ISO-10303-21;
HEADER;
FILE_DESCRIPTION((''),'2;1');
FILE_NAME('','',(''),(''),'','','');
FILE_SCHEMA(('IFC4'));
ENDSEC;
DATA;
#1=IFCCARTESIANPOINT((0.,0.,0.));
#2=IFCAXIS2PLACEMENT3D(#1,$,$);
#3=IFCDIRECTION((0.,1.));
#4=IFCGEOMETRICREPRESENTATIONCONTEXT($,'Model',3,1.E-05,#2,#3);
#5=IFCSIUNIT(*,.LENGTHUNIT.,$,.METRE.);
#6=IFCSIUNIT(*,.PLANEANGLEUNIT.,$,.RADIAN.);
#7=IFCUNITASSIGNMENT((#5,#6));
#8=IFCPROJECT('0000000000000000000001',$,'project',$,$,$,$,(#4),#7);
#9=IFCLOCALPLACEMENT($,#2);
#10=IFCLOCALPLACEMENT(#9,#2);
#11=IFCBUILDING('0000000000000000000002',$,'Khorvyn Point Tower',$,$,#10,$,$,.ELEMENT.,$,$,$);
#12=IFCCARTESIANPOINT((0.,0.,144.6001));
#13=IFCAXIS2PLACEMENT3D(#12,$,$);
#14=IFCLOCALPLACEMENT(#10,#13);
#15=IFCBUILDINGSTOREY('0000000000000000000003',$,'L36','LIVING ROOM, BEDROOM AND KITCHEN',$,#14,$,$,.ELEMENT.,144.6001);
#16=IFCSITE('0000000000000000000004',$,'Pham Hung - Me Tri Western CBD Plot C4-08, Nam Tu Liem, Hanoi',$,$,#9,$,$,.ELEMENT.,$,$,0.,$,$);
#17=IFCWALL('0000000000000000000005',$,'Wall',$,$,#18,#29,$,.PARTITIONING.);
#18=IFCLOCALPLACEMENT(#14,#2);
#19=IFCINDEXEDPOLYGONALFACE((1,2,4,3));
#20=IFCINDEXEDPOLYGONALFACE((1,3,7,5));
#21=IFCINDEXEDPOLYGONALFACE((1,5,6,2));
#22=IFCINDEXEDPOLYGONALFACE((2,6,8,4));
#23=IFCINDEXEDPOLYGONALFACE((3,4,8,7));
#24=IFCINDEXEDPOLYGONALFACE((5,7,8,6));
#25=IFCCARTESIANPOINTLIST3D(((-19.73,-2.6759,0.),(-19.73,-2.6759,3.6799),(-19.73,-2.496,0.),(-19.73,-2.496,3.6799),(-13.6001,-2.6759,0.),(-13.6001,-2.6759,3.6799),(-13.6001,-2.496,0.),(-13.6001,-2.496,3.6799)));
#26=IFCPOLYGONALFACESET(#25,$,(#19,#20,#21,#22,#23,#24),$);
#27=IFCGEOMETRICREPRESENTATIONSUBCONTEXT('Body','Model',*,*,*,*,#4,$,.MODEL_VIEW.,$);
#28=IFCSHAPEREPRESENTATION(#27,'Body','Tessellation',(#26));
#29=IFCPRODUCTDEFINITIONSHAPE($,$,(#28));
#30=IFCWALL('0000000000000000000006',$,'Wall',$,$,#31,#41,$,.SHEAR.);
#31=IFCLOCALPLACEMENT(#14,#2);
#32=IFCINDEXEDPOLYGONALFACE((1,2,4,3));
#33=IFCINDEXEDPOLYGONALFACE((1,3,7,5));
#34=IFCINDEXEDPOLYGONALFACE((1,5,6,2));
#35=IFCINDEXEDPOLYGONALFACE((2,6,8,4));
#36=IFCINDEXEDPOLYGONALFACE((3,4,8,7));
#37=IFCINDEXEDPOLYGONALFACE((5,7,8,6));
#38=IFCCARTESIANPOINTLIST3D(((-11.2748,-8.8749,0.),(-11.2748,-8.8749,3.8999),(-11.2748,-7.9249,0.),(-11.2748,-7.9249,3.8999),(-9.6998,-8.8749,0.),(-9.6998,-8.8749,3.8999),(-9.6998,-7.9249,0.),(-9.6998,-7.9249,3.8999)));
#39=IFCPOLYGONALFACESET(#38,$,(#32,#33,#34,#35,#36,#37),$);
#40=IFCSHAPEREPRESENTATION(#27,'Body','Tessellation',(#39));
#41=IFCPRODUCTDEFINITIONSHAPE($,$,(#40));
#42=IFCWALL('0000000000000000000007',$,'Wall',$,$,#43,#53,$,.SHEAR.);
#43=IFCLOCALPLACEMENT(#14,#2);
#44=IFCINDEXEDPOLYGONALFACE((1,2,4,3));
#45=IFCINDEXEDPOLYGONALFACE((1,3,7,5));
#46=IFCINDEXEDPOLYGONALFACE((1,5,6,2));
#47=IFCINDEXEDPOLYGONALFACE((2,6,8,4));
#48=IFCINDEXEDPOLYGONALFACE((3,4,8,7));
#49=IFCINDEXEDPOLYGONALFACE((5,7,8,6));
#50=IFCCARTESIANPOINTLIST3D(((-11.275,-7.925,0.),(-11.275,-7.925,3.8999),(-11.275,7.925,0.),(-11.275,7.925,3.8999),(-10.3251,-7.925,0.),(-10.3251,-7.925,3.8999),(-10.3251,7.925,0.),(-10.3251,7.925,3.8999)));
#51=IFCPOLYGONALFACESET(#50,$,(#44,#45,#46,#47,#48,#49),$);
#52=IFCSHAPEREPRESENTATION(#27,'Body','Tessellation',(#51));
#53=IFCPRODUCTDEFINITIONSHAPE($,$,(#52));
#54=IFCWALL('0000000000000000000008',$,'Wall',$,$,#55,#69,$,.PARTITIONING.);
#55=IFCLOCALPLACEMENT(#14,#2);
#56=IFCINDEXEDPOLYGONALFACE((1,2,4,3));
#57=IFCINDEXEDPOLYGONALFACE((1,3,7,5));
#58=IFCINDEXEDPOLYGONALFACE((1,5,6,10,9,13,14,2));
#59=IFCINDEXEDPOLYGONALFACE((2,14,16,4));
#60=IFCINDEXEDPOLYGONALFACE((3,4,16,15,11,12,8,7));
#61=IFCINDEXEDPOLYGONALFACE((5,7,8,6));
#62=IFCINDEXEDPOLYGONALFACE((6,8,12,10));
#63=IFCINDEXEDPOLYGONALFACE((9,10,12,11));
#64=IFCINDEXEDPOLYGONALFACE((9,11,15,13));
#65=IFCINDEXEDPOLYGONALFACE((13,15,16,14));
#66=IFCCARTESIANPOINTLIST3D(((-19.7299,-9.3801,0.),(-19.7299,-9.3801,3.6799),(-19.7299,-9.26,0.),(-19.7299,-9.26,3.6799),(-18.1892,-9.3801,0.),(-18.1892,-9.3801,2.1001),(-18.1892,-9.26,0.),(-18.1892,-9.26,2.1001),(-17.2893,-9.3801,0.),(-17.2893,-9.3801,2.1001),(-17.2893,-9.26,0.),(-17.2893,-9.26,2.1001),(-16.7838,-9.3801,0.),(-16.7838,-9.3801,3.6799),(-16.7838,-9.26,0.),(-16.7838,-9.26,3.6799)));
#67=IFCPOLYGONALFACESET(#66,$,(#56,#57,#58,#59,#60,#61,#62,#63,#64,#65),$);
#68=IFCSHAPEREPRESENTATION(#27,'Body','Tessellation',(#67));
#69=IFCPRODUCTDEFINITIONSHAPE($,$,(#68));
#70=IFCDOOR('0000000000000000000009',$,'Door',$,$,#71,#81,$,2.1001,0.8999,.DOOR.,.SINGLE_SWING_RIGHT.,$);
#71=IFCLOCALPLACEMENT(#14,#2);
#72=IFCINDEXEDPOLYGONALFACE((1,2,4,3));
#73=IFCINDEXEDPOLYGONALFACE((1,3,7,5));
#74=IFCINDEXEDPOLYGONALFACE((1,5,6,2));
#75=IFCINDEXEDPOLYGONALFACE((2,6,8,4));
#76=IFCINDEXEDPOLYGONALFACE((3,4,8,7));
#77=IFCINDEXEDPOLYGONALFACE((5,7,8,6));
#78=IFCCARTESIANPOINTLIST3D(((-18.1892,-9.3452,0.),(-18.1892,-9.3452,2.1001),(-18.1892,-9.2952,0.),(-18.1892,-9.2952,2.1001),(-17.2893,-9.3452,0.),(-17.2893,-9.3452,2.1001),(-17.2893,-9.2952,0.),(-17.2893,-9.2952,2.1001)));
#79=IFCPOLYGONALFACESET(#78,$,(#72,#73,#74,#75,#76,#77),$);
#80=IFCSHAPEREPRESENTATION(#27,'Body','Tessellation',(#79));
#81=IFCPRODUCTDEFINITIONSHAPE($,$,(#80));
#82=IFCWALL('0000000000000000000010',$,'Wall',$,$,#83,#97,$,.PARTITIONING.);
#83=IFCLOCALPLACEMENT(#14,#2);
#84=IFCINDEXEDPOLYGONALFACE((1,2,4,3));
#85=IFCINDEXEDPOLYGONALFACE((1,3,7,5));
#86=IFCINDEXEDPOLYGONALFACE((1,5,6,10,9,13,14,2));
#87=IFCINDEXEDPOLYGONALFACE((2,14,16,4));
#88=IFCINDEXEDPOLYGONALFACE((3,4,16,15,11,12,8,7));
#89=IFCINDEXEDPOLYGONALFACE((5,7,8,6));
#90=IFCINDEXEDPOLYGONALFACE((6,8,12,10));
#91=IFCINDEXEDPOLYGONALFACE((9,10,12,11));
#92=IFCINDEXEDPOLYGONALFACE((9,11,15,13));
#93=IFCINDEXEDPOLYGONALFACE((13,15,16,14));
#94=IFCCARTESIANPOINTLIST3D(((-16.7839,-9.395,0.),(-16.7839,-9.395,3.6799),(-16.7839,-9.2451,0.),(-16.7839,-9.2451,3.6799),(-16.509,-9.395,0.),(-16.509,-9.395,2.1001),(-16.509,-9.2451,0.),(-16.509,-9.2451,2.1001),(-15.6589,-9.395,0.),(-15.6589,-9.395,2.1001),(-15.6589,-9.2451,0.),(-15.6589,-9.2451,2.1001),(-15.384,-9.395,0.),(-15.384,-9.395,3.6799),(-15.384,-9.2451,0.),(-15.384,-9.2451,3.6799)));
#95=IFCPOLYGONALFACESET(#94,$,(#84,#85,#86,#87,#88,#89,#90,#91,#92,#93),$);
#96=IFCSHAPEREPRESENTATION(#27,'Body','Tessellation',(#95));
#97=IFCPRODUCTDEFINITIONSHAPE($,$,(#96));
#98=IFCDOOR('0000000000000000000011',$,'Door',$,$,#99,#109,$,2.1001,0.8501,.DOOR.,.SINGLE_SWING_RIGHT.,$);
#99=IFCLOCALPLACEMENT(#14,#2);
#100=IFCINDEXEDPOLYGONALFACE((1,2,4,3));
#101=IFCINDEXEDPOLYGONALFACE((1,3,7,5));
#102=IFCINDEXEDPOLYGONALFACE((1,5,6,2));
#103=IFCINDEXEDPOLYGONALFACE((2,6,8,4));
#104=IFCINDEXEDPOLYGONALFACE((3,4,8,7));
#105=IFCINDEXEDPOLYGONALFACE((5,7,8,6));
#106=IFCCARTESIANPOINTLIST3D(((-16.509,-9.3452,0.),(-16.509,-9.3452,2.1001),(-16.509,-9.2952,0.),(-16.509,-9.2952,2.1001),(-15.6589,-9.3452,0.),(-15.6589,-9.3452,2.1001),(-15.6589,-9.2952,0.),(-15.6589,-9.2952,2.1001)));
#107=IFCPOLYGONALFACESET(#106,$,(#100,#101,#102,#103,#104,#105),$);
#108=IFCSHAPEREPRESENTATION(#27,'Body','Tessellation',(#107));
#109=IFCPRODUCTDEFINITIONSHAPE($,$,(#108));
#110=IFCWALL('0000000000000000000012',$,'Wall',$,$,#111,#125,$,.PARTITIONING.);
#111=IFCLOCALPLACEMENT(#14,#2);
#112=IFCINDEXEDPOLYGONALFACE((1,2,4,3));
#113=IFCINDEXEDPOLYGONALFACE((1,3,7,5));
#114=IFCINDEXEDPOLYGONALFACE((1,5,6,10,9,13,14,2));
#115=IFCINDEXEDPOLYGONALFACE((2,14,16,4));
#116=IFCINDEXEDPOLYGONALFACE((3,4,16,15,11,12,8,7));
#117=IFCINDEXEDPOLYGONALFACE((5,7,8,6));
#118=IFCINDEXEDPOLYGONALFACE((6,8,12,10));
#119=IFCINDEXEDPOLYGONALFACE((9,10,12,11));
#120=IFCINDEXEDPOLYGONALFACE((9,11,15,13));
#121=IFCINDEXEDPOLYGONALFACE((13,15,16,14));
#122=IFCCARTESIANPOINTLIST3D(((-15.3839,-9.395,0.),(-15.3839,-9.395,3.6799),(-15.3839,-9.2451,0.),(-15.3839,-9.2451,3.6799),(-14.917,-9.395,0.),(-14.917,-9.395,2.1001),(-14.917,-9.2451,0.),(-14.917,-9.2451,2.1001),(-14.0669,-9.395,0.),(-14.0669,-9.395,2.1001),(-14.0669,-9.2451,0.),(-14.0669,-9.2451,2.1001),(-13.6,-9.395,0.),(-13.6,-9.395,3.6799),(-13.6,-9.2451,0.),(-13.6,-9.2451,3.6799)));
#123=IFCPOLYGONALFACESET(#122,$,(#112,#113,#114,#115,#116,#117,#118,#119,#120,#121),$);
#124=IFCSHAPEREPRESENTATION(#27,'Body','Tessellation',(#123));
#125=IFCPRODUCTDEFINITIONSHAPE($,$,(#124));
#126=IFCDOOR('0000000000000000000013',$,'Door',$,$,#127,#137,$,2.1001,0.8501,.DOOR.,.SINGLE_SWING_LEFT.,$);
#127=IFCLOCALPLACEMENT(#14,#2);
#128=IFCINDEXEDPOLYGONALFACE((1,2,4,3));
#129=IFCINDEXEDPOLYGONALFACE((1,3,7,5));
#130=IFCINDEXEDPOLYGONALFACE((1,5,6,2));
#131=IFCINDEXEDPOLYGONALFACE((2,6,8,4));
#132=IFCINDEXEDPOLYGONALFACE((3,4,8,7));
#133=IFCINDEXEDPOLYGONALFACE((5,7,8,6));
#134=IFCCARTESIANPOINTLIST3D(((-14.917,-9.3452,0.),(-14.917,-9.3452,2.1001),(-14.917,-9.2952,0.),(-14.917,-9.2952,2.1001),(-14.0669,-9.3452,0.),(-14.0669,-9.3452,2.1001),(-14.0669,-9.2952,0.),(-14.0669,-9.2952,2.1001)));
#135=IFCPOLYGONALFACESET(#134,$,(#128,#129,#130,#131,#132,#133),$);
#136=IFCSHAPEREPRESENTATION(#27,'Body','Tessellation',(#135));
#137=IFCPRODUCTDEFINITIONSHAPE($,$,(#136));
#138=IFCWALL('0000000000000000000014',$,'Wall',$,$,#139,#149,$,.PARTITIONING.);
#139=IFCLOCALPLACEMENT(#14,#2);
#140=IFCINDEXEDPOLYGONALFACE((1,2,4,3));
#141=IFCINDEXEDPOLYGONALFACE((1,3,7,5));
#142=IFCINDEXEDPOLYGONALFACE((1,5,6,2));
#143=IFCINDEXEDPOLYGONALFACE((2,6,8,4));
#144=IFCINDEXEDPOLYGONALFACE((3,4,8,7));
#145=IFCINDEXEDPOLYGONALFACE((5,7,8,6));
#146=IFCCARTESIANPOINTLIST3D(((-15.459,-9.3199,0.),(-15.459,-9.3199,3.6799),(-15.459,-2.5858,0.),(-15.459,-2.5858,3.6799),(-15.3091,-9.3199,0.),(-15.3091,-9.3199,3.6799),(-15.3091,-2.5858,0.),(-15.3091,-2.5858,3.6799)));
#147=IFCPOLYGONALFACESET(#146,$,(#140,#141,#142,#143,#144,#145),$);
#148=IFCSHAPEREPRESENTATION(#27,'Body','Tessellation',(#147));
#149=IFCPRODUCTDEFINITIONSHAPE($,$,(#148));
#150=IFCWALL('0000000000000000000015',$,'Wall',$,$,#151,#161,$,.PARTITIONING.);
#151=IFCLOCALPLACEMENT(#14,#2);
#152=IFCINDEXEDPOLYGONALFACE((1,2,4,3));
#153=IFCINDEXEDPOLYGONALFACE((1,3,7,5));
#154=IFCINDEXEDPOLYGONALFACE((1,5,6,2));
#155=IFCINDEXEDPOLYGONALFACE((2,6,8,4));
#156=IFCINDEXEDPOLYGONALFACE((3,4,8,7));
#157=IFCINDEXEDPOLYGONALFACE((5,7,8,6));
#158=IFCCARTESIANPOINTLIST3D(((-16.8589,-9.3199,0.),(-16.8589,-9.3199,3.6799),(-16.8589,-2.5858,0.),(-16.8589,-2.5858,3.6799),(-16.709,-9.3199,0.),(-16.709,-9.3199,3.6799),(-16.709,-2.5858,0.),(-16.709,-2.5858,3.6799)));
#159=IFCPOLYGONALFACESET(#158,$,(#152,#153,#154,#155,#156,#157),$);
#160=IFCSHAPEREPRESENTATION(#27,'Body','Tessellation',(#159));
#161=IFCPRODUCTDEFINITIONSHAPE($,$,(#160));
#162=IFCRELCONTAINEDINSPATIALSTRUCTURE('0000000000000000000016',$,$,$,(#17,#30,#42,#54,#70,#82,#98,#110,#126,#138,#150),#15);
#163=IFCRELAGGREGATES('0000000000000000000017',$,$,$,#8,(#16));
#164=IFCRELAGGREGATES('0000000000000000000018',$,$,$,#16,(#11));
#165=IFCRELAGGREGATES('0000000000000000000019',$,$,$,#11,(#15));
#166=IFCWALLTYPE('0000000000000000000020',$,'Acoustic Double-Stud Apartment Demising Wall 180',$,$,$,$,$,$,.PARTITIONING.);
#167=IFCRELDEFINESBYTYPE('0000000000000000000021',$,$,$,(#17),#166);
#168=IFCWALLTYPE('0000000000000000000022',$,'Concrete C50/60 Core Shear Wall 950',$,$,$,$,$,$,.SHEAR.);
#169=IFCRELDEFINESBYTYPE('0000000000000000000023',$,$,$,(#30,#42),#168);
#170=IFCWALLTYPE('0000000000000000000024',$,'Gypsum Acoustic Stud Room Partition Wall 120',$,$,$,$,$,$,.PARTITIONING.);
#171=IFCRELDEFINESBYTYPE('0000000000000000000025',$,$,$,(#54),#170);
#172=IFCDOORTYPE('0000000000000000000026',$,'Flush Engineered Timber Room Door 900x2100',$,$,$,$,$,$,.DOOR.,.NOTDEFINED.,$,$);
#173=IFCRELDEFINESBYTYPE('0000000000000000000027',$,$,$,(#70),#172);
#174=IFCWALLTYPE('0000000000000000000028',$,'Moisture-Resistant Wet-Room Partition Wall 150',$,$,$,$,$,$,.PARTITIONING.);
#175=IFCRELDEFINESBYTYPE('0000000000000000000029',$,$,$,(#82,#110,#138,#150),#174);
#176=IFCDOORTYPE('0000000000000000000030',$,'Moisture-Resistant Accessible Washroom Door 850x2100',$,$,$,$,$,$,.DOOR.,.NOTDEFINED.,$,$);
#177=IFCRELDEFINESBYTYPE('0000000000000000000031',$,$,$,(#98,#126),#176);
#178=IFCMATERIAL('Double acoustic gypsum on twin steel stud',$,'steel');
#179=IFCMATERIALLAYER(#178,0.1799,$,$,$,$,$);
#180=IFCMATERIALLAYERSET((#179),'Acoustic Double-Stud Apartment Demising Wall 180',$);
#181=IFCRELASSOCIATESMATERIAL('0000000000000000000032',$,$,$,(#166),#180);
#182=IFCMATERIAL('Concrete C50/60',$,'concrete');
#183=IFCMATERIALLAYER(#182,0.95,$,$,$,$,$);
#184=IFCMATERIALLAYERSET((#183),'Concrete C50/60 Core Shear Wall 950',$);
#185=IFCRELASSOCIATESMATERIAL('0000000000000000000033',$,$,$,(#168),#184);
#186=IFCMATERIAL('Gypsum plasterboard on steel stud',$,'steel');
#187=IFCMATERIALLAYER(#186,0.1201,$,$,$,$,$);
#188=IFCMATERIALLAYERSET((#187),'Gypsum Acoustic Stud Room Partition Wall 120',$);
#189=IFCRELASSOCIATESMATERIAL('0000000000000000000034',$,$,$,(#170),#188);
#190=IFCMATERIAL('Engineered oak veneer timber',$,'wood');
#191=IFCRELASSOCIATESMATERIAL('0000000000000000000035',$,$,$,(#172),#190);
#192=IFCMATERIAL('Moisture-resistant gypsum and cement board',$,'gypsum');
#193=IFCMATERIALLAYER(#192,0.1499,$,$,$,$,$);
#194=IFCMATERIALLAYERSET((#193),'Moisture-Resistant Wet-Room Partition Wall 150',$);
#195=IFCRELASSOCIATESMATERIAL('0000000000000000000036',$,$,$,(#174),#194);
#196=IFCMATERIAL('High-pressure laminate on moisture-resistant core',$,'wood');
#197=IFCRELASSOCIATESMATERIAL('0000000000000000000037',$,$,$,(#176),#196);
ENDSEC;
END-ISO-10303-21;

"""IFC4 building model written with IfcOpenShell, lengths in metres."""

from ifc_helpers import new_model, si_unit, direction, frame, frame_2d, origin, place, context, subcontext, project, spatial, rectangle, extrude, material, layer, layer_set, type_object, element, fill, save


model = new_model("IFC4")

# Units and contexts
model_context = context("Model", 3, precision=1e-05, world=origin(), true_north=direction((0.0, 1.0)))
body_context = subcontext(model_context, "Body", "Model", "MODEL_VIEW")
ifc_project = project(units=[si_unit("LENGTHUNIT", "METRE"), si_unit("PLANEANGLEUNIT", "RADIAN")], contexts=[model_context])

# Site, building, storey
site_placement = place(None, origin())
site = spatial("IfcSite", under=ifc_project, at=site_placement, Name="Pham Hung - Me Tri Western CBD Plot C4-08, Nam Tu Liem, Hanoi", CompositionType="ELEMENT", RefElevation=0.0)
building_placement = place(site_placement, origin())
building = spatial("IfcBuilding", under=site, at=building_placement, Name="Khorvyn Point Tower", CompositionType="ELEMENT")
storey_placement = place(building_placement, frame((0.0, 0.0, 144.6001)))
storey = spatial("IfcBuildingStorey", under=building, at=storey_placement, Name="L36", Description="LIVING ROOM, BEDROOM AND KITCHEN", CompositionType="ELEMENT", Elevation=144.6001)

# Shared definitions
ifc_material_1 = material(Name="Concrete C50/60", Category="concrete")

# Shared definitions
ifc_material_2 = material(Name="Double acoustic gypsum on twin steel stud", Category="steel")
ifc_layer_1 = layer(ifc_material_2, 0.1799)
ifc_layer_set_1 = layer_set([ifc_layer_1], Name="Acoustic Double-Stud Apartment Demising Wall 180")
wall_type_1 = type_object("IfcWallType", Name="Acoustic Double-Stud Apartment Demising Wall 180", PredefinedType="PARTITIONING", material=ifc_layer_set_1)

# Wall
wall_1_placement = place(storey_placement, frame((-19.73, -2.5859, 0.0), z_axis=(0.0, 0.0, 1.0), x_axis=(1.0, 0.0, 0.0)))
element("IfcWall", 1, at=wall_1_placement, inside=storey, type_object=wall_type_1, Name="Wall", PredefinedType="PARTITIONING", context=body_context, shape_type="SweptSolid", body=[
    extrude(rectangle(XDim=6.1299, YDim=0.1799, at=frame_2d((3.0649, 0.0))), origin(), (0.0, 0.0, 1.0), 3.6799),
])

# Walls
ifc_layer_2 = layer(ifc_material_1, 0.95)
ifc_layer_set_2 = layer_set([ifc_layer_2], Name="Concrete C50/60 Core Shear Wall 950")
wall_type_2 = type_object("IfcWallType", Name="Concrete C50/60 Core Shear Wall 950", PredefinedType="SHEAR", material=ifc_layer_set_2)
wall_2_placement = place(storey_placement, frame((-11.2749, -8.3999, 0.0), z_axis=(0.0, 0.0, 1.0), x_axis=(1.0, 0.0, 0.0)))
element("IfcWall", 2, at=wall_2_placement, inside=storey, type_object=wall_type_2, Name="Wall", PredefinedType="SHEAR", context=body_context, shape_type="SweptSolid", body=[
    extrude(rectangle(XDim=1.575, YDim=0.95, at=frame_2d((0.7876, 0.0))), origin(), (0.0, 0.0, 1.0), 3.8999),
])
wall_3_placement = place(storey_placement, frame((-10.8, -7.925, 0.0), z_axis=(0.0, 0.0, 1.0), x_axis=(0.0, 1.0, 0.0)))
element("IfcWall", 3, at=wall_3_placement, inside=storey, type_object=wall_type_2, Name="Wall", PredefinedType="SHEAR", context=body_context, shape_type="SweptSolid", body=[
    extrude(rectangle(XDim=15.8501, YDim=0.95, at=frame_2d((7.925, 0.0))), origin(), (0.0, 0.0, 1.0), 3.8999),
])

# Walls, openings, doors
ifc_material_3 = material(Name="Gypsum plasterboard on steel stud", Category="steel")
ifc_layer_3 = layer(ifc_material_3, 0.1201)
ifc_layer_set_3 = layer_set([ifc_layer_3], Name="Gypsum Acoustic Stud Room Partition Wall 120")
wall_type_3 = type_object("IfcWallType", Name="Gypsum Acoustic Stud Room Partition Wall 120", PredefinedType="PARTITIONING", material=ifc_layer_set_3)
wall_4_placement = place(storey_placement, frame((-19.73, -9.3201, 0.0), z_axis=(0.0, 0.0, 1.0), x_axis=(1.0, 0.0, 0.0)))
wall_4 = element("IfcWall", 4, at=wall_4_placement, inside=storey, type_object=wall_type_3, Name="Wall", PredefinedType="PARTITIONING", context=body_context, shape_type="SweptSolid", body=[
    extrude(rectangle(XDim=2.946, YDim=0.1201, at=frame_2d((1.4731, 0.0))), origin(), (0.0, 0.0, 1.0), 3.6799),
])
opening_1_placement = place(wall_4_placement, frame((1.5408, 0.0, 0.0)))
opening_1 = element("IfcOpeningElement", 5, at=opening_1_placement, cuts=wall_4, PredefinedType="OPENING", context=body_context, shape_type="SweptSolid", body=[
    extrude(rectangle(XDim=0.8999, YDim=2.1001, at=frame_2d((0.45, 1.05))), frame((0.0, 0.0701, 0.0), z_axis=(0.0, -1.0, 0.0), x_axis=(1.0, 0.0, 0.0)), (0.0, 0.0, 1.0), 0.1401),
])
ifc_material_4 = material(Name="Engineered oak veneer timber", Category="wood")
door_type_1 = type_object("IfcDoorType", Name="Flush Engineered Timber Room Door 900x2100", OperationType="NOTDEFINED", PredefinedType="DOOR", material=ifc_material_4)
door_1_placement = place(opening_1_placement, origin())
door_1 = element("IfcDoor", 6, at=door_1_placement, inside=storey, type_object=door_type_1, Name="Door", OperationType="SINGLE_SWING_RIGHT", OverallHeight=2.1001, OverallWidth=0.8999, PredefinedType="DOOR", context=body_context, shape_type="SweptSolid", body=[
    extrude(rectangle(XDim=0.8999, YDim=2.1001, at=frame_2d((0.45, 1.05))), frame((0.0, 0.0249, 0.0), z_axis=(0.0, -1.0, 0.0), x_axis=(1.0, 0.0, 0.0)), (0.0, 0.0, 1.0), 0.05),
])
fill(opening_1, door_1)
ifc_material_5 = material(Name="Moisture-resistant gypsum and cement board", Category="gypsum")
ifc_layer_4 = layer(ifc_material_5, 0.1499)
ifc_layer_set_4 = layer_set([ifc_layer_4], Name="Moisture-Resistant Wet-Room Partition Wall 150")
wall_type_4 = type_object("IfcWallType", Name="Moisture-Resistant Wet-Room Partition Wall 150", PredefinedType="PARTITIONING", material=ifc_layer_set_4)
wall_5_placement = place(storey_placement, frame((-16.7839, -9.3201, 0.0), z_axis=(0.0, 0.0, 1.0), x_axis=(1.0, 0.0, 0.0)))
wall_5 = element("IfcWall", 7, at=wall_5_placement, inside=storey, type_object=wall_type_4, Name="Wall", PredefinedType="PARTITIONING", context=body_context, shape_type="SweptSolid", body=[
    extrude(rectangle(XDim=1.3999, YDim=0.1499, at=frame_2d((0.7, 0.0))), origin(), (0.0, 0.0, 1.0), 3.6799),
])
opening_2_placement = place(wall_5_placement, frame((0.2749, 0.0, 0.0)))
opening_2 = element("IfcOpeningElement", 8, at=opening_2_placement, cuts=wall_5, PredefinedType="OPENING", context=body_context, shape_type="SweptSolid", body=[
    extrude(rectangle(XDim=0.8501, YDim=2.1001, at=frame_2d((0.425, 1.05))), frame((0.0, 0.085, 0.0), z_axis=(0.0, -1.0, 0.0), x_axis=(1.0, 0.0, 0.0)), (0.0, 0.0, 1.0), 0.1699),
])
ifc_material_6 = material(Name="High-pressure laminate on moisture-resistant core", Category="wood")
door_type_2 = type_object("IfcDoorType", Name="Moisture-Resistant Accessible Washroom Door 850x2100", OperationType="NOTDEFINED", PredefinedType="DOOR", material=ifc_material_6)
door_2_placement = place(opening_2_placement, origin())
door_2 = element("IfcDoor", 9, at=door_2_placement, inside=storey, type_object=door_type_2, Name="Door", OperationType="SINGLE_SWING_RIGHT", OverallHeight=2.1001, OverallWidth=0.8501, PredefinedType="DOOR", context=body_context, shape_type="SweptSolid", body=[
    extrude(rectangle(XDim=0.8501, YDim=2.1001, at=frame_2d((0.425, 1.05))), frame((0.0, 0.0249, 0.0), z_axis=(0.0, -1.0, 0.0), x_axis=(1.0, 0.0, 0.0)), (0.0, 0.0, 1.0), 0.05),
])
fill(opening_2, door_2)
wall_6_placement = place(storey_placement, frame((-15.384, -9.3201, 0.0), z_axis=(0.0, 0.0, 1.0), x_axis=(1.0, 0.0, 0.0)))
wall_6 = element("IfcWall", 10, at=wall_6_placement, inside=storey, type_object=wall_type_4, Name="Wall", PredefinedType="PARTITIONING", context=body_context, shape_type="SweptSolid", body=[
    extrude(rectangle(XDim=1.7839, YDim=0.1499, at=frame_2d((0.8921, 0.0))), origin(), (0.0, 0.0, 1.0), 3.6799),
])
opening_3_placement = place(wall_6_placement, frame((0.467, 0.0, 0.0)))
opening_3 = element("IfcOpeningElement", 11, at=opening_3_placement, cuts=wall_6, PredefinedType="OPENING", context=body_context, shape_type="SweptSolid", body=[
    extrude(rectangle(XDim=0.8501, YDim=2.1001, at=frame_2d((0.425, 1.05))), frame((0.0, 0.085, 0.0), z_axis=(0.0, -1.0, 0.0), x_axis=(1.0, 0.0, 0.0)), (0.0, 0.0, 1.0), 0.1699),
])
door_3_placement = place(opening_3_placement, origin())
door_3 = element("IfcDoor", 12, at=door_3_placement, inside=storey, type_object=door_type_2, Name="Door", OperationType="SINGLE_SWING_LEFT", OverallHeight=2.1001, OverallWidth=0.8501, PredefinedType="DOOR", context=body_context, shape_type="SweptSolid", body=[
    extrude(rectangle(XDim=0.8501, YDim=2.1001, at=frame_2d((0.425, 1.05))), frame((0.0, 0.0249, 0.0), z_axis=(0.0, -1.0, 0.0), x_axis=(1.0, 0.0, 0.0)), (0.0, 0.0, 1.0), 0.05),
])
fill(opening_3, door_3)

# Walls
for number, where, z_axis, x_axis, name in (
    (13, (-15.384, -9.3201, 0.0), (0.0, 0.0, 1.0), (0.0, 1.0, 0.0), "Wall"),
    (14, (-16.7839, -9.3201, 0.0), (0.0, 0.0, 1.0), (0.0, 1.0, 0.0), "Wall"),
):
    element("IfcWall", number, at=place(storey_placement, frame(where, z_axis=z_axis, x_axis=x_axis)), inside=storey, type_object=wall_type_4, Name=name, PredefinedType="PARTITIONING", context=body_context, shape_type="SweptSolid", body=[
        extrude(rectangle(XDim=6.7341, YDim=0.1499, at=frame_2d((3.3672, 0.0))), origin(), (0.0, 0.0, 1.0), 3.6799),
    ])

save(model, "model.ifc")
